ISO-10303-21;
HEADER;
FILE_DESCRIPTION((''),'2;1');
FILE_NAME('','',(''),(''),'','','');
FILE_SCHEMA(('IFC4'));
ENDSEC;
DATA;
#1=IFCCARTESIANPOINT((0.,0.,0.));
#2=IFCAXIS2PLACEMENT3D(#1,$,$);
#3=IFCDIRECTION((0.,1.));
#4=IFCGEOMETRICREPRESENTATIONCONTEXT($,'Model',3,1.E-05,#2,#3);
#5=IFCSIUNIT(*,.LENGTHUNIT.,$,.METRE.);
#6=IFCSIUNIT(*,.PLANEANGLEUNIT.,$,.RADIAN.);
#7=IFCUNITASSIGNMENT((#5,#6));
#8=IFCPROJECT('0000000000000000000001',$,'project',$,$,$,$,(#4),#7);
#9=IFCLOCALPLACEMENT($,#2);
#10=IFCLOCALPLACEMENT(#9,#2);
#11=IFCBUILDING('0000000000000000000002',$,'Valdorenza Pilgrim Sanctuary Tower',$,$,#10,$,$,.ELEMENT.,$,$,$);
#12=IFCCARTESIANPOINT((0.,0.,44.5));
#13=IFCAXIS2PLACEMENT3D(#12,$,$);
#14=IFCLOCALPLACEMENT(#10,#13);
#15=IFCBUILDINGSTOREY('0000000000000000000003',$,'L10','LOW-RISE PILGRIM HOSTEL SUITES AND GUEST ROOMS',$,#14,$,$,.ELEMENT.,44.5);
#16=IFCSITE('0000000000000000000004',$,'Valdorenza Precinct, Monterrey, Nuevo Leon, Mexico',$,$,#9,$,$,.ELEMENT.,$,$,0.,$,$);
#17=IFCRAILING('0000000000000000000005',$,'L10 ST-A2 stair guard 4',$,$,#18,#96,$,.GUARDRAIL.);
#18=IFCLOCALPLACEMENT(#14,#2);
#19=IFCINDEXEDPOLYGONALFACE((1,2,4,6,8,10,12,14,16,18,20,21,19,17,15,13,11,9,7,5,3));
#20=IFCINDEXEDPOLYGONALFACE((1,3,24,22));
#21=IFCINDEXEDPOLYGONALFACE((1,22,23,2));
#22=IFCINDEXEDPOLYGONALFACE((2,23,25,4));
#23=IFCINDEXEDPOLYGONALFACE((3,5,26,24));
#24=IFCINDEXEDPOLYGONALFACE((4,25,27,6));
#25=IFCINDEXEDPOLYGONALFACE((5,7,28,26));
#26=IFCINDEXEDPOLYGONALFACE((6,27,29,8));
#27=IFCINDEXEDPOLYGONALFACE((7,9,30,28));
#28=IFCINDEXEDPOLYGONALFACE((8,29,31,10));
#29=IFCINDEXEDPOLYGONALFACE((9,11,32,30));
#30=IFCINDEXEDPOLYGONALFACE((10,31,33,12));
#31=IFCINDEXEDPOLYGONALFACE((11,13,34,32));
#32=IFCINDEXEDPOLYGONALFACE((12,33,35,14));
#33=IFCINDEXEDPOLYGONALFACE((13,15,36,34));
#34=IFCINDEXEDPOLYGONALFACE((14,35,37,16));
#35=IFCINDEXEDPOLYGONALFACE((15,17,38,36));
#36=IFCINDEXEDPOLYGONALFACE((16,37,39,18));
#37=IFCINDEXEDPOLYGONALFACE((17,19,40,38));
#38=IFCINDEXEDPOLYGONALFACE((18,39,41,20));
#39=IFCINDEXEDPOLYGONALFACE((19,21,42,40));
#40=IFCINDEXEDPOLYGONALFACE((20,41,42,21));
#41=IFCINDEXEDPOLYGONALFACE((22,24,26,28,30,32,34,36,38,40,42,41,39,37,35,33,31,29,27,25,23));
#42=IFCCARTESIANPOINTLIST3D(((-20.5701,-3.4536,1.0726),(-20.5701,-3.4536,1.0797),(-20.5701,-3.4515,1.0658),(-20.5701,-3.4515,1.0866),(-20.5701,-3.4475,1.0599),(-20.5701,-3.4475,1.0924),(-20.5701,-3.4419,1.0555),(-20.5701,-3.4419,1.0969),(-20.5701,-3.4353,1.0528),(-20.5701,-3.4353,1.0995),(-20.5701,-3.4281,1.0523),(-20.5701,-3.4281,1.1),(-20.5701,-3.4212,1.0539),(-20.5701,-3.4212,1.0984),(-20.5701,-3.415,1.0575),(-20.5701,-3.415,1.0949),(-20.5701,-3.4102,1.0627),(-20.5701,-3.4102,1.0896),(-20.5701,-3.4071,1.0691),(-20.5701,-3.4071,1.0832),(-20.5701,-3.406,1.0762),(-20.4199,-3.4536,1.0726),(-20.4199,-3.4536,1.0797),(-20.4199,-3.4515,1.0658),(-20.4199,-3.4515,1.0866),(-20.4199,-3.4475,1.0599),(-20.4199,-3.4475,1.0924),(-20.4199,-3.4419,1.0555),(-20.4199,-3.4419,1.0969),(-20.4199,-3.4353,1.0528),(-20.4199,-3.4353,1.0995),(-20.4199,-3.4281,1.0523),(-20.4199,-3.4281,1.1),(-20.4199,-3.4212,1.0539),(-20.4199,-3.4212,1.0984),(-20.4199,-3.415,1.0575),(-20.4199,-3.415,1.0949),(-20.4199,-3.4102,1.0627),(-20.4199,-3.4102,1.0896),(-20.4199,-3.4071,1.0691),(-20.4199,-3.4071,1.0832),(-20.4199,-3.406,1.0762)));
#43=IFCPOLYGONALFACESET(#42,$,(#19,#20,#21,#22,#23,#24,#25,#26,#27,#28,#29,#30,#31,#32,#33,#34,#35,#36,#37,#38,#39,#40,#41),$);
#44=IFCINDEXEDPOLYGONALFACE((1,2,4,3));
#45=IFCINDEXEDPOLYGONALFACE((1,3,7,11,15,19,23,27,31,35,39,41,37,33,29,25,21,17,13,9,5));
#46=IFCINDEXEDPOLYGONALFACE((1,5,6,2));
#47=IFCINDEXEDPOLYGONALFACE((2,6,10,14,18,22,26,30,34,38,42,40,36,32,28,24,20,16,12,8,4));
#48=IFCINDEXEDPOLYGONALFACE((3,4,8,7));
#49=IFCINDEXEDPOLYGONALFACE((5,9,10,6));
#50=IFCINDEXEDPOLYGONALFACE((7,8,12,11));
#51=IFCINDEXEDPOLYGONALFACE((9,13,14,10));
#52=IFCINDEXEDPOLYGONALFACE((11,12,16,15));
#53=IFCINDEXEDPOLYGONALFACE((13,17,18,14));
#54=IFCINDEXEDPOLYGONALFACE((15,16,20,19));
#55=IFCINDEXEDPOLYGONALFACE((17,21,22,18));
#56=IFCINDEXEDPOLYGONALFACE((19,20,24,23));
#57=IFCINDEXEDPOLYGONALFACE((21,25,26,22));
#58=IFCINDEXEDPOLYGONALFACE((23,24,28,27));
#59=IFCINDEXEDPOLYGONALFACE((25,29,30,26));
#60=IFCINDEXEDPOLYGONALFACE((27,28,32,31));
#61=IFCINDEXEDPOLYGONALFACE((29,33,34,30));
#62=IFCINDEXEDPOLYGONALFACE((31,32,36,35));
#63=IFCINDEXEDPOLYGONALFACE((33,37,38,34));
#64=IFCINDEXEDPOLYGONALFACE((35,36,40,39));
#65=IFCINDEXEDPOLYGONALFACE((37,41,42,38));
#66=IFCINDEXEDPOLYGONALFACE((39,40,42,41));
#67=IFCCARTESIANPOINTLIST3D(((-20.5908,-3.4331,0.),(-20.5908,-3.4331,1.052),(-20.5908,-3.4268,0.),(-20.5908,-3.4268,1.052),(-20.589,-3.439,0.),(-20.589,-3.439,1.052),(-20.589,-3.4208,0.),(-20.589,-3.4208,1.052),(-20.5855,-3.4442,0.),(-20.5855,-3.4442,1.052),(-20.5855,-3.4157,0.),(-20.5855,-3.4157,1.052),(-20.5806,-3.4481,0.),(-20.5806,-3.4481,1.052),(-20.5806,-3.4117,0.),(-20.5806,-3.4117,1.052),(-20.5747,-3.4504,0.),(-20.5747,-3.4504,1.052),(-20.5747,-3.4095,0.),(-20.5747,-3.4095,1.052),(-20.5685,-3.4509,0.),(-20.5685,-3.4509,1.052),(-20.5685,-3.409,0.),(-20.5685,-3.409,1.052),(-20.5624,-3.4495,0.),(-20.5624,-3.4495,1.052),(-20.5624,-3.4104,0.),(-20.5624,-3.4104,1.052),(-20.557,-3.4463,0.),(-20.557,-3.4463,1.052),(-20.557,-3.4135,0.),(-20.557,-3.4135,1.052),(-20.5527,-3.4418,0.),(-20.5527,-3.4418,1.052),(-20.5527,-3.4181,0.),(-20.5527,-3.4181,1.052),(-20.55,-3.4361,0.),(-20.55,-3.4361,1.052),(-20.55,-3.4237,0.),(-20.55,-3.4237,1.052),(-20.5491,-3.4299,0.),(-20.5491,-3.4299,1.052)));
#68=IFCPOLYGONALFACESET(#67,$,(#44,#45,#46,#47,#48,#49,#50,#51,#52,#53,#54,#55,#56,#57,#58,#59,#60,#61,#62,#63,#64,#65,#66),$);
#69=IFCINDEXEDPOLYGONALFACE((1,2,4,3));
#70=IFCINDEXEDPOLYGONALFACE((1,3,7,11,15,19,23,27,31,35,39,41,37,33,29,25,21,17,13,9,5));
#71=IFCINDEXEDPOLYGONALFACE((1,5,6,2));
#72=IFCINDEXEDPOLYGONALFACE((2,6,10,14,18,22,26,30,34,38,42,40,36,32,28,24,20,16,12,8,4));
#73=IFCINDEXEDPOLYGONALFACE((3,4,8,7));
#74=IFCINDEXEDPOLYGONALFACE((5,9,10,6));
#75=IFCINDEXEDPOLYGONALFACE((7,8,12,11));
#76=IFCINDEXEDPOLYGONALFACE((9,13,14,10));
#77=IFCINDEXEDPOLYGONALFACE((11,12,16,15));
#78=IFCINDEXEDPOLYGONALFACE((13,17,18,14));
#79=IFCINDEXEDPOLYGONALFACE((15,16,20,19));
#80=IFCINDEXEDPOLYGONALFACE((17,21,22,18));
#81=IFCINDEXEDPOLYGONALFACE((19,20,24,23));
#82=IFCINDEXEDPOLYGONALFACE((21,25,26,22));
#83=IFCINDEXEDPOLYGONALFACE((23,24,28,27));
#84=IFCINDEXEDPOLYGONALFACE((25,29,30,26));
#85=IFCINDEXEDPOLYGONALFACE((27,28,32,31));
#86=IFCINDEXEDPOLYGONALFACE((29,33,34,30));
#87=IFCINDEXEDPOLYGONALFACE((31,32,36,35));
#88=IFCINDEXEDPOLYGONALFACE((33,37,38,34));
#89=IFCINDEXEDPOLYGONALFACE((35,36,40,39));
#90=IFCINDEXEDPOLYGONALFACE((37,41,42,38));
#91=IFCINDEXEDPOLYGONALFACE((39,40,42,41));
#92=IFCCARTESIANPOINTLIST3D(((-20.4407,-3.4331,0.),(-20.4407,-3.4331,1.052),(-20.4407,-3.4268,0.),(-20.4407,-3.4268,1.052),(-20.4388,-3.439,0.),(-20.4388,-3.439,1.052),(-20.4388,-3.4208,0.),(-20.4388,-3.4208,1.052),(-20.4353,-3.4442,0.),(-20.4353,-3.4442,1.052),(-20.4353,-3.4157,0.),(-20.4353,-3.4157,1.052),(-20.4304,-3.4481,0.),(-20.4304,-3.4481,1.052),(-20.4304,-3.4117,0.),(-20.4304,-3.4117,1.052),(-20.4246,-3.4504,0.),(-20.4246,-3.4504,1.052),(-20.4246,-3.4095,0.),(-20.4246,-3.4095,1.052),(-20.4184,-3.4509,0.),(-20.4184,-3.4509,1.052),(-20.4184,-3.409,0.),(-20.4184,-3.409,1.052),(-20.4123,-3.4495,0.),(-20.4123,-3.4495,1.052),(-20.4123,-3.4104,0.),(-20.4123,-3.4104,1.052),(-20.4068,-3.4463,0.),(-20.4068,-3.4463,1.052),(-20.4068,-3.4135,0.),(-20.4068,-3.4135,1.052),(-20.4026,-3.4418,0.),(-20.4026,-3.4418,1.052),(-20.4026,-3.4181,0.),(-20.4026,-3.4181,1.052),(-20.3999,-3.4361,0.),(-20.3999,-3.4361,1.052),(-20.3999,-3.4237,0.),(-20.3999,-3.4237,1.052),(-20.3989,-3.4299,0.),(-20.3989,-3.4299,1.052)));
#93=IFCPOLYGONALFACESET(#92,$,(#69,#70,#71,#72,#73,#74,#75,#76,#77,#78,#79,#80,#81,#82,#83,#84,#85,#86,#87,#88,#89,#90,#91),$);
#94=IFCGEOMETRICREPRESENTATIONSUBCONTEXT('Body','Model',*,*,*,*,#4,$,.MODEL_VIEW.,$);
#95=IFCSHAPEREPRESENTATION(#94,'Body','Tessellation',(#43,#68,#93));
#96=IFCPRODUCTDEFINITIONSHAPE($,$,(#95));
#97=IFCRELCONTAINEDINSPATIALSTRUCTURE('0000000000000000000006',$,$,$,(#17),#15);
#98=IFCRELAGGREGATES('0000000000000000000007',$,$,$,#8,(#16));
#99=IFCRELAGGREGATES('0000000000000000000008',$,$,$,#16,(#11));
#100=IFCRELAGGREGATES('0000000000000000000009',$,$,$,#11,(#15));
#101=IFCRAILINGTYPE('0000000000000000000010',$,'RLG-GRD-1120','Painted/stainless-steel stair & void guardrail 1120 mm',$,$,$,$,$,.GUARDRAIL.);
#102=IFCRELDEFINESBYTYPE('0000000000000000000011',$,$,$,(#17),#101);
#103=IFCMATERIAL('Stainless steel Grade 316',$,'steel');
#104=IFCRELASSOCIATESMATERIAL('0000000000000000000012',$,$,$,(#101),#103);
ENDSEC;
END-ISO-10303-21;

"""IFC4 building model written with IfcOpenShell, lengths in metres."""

from ifc_helpers import new_model, si_unit, direction, frame, origin, origin_2d, place, context, subcontext, project, spatial, circle, extrude, material, type_object, element, save


model = new_model("IFC4")

# Units and contexts
model_context = context("Model", 3, precision=1e-05, world=origin(), true_north=direction((0.0, 1.0)))
body_context = subcontext(model_context, "Body", "Model", "MODEL_VIEW")
ifc_project = project(units=[si_unit("LENGTHUNIT", "METRE"), si_unit("PLANEANGLEUNIT", "RADIAN")], contexts=[model_context])

# Site, building, storey
site_placement = place(None, origin())
site = spatial("IfcSite", under=ifc_project, at=site_placement, Name="Valdorenza Precinct, Monterrey, Nuevo Leon, Mexico", CompositionType="ELEMENT", RefElevation=0.0)
building_placement = place(site_placement, origin())
building = spatial("IfcBuilding", under=site, at=building_placement, Name="Valdorenza Pilgrim Sanctuary Tower", CompositionType="ELEMENT")
storey_placement = place(building_placement, frame((0.0, 0.0, 44.5)))
storey = spatial("IfcBuildingStorey", under=building, at=storey_placement, Name="L10", Description="LOW-RISE PILGRIM HOSTEL SUITES AND GUEST ROOMS", CompositionType="ELEMENT", Elevation=44.5)

# Railing
ifc_material_1 = material(Name="Stainless steel Grade 316", Category="steel")
railing_type_1 = type_object("IfcRailingType", Name="RLG-GRD-1120", Description="Painted/stainless-steel stair & void guardrail 1120 mm", PredefinedType="GUARDRAIL", material=ifc_material_1)
railing_1_placement = place(storey_placement, frame((-20.5701, -3.4299, 0.0)))
element("IfcRailing", 1, at=railing_1_placement, inside=storey, type_object=railing_type_1, Name="L10 ST-A2 stair guard 4", PredefinedType="GUARDRAIL", context=body_context, shape_type="SweptSolid", body=[
    extrude(circle(Radius=0.0239, at=origin_2d()), frame((0.0, 0.0, 1.0762), z_axis=(1.0, 0.0, 0.0), x_axis=(0.0, 1.0, 0.0)), (0.0, 0.0, 1.0), 0.1501),
    extrude(circle(Radius=0.021, at=origin_2d()), origin(), (0.0, 0.0, 1.0), 1.052),
    extrude(circle(Radius=0.021, at=origin_2d()), frame((0.1501, 0.0, 0.0)), (0.0, 0.0, 1.0), 1.052),
])

save(model, "model.ifc")
